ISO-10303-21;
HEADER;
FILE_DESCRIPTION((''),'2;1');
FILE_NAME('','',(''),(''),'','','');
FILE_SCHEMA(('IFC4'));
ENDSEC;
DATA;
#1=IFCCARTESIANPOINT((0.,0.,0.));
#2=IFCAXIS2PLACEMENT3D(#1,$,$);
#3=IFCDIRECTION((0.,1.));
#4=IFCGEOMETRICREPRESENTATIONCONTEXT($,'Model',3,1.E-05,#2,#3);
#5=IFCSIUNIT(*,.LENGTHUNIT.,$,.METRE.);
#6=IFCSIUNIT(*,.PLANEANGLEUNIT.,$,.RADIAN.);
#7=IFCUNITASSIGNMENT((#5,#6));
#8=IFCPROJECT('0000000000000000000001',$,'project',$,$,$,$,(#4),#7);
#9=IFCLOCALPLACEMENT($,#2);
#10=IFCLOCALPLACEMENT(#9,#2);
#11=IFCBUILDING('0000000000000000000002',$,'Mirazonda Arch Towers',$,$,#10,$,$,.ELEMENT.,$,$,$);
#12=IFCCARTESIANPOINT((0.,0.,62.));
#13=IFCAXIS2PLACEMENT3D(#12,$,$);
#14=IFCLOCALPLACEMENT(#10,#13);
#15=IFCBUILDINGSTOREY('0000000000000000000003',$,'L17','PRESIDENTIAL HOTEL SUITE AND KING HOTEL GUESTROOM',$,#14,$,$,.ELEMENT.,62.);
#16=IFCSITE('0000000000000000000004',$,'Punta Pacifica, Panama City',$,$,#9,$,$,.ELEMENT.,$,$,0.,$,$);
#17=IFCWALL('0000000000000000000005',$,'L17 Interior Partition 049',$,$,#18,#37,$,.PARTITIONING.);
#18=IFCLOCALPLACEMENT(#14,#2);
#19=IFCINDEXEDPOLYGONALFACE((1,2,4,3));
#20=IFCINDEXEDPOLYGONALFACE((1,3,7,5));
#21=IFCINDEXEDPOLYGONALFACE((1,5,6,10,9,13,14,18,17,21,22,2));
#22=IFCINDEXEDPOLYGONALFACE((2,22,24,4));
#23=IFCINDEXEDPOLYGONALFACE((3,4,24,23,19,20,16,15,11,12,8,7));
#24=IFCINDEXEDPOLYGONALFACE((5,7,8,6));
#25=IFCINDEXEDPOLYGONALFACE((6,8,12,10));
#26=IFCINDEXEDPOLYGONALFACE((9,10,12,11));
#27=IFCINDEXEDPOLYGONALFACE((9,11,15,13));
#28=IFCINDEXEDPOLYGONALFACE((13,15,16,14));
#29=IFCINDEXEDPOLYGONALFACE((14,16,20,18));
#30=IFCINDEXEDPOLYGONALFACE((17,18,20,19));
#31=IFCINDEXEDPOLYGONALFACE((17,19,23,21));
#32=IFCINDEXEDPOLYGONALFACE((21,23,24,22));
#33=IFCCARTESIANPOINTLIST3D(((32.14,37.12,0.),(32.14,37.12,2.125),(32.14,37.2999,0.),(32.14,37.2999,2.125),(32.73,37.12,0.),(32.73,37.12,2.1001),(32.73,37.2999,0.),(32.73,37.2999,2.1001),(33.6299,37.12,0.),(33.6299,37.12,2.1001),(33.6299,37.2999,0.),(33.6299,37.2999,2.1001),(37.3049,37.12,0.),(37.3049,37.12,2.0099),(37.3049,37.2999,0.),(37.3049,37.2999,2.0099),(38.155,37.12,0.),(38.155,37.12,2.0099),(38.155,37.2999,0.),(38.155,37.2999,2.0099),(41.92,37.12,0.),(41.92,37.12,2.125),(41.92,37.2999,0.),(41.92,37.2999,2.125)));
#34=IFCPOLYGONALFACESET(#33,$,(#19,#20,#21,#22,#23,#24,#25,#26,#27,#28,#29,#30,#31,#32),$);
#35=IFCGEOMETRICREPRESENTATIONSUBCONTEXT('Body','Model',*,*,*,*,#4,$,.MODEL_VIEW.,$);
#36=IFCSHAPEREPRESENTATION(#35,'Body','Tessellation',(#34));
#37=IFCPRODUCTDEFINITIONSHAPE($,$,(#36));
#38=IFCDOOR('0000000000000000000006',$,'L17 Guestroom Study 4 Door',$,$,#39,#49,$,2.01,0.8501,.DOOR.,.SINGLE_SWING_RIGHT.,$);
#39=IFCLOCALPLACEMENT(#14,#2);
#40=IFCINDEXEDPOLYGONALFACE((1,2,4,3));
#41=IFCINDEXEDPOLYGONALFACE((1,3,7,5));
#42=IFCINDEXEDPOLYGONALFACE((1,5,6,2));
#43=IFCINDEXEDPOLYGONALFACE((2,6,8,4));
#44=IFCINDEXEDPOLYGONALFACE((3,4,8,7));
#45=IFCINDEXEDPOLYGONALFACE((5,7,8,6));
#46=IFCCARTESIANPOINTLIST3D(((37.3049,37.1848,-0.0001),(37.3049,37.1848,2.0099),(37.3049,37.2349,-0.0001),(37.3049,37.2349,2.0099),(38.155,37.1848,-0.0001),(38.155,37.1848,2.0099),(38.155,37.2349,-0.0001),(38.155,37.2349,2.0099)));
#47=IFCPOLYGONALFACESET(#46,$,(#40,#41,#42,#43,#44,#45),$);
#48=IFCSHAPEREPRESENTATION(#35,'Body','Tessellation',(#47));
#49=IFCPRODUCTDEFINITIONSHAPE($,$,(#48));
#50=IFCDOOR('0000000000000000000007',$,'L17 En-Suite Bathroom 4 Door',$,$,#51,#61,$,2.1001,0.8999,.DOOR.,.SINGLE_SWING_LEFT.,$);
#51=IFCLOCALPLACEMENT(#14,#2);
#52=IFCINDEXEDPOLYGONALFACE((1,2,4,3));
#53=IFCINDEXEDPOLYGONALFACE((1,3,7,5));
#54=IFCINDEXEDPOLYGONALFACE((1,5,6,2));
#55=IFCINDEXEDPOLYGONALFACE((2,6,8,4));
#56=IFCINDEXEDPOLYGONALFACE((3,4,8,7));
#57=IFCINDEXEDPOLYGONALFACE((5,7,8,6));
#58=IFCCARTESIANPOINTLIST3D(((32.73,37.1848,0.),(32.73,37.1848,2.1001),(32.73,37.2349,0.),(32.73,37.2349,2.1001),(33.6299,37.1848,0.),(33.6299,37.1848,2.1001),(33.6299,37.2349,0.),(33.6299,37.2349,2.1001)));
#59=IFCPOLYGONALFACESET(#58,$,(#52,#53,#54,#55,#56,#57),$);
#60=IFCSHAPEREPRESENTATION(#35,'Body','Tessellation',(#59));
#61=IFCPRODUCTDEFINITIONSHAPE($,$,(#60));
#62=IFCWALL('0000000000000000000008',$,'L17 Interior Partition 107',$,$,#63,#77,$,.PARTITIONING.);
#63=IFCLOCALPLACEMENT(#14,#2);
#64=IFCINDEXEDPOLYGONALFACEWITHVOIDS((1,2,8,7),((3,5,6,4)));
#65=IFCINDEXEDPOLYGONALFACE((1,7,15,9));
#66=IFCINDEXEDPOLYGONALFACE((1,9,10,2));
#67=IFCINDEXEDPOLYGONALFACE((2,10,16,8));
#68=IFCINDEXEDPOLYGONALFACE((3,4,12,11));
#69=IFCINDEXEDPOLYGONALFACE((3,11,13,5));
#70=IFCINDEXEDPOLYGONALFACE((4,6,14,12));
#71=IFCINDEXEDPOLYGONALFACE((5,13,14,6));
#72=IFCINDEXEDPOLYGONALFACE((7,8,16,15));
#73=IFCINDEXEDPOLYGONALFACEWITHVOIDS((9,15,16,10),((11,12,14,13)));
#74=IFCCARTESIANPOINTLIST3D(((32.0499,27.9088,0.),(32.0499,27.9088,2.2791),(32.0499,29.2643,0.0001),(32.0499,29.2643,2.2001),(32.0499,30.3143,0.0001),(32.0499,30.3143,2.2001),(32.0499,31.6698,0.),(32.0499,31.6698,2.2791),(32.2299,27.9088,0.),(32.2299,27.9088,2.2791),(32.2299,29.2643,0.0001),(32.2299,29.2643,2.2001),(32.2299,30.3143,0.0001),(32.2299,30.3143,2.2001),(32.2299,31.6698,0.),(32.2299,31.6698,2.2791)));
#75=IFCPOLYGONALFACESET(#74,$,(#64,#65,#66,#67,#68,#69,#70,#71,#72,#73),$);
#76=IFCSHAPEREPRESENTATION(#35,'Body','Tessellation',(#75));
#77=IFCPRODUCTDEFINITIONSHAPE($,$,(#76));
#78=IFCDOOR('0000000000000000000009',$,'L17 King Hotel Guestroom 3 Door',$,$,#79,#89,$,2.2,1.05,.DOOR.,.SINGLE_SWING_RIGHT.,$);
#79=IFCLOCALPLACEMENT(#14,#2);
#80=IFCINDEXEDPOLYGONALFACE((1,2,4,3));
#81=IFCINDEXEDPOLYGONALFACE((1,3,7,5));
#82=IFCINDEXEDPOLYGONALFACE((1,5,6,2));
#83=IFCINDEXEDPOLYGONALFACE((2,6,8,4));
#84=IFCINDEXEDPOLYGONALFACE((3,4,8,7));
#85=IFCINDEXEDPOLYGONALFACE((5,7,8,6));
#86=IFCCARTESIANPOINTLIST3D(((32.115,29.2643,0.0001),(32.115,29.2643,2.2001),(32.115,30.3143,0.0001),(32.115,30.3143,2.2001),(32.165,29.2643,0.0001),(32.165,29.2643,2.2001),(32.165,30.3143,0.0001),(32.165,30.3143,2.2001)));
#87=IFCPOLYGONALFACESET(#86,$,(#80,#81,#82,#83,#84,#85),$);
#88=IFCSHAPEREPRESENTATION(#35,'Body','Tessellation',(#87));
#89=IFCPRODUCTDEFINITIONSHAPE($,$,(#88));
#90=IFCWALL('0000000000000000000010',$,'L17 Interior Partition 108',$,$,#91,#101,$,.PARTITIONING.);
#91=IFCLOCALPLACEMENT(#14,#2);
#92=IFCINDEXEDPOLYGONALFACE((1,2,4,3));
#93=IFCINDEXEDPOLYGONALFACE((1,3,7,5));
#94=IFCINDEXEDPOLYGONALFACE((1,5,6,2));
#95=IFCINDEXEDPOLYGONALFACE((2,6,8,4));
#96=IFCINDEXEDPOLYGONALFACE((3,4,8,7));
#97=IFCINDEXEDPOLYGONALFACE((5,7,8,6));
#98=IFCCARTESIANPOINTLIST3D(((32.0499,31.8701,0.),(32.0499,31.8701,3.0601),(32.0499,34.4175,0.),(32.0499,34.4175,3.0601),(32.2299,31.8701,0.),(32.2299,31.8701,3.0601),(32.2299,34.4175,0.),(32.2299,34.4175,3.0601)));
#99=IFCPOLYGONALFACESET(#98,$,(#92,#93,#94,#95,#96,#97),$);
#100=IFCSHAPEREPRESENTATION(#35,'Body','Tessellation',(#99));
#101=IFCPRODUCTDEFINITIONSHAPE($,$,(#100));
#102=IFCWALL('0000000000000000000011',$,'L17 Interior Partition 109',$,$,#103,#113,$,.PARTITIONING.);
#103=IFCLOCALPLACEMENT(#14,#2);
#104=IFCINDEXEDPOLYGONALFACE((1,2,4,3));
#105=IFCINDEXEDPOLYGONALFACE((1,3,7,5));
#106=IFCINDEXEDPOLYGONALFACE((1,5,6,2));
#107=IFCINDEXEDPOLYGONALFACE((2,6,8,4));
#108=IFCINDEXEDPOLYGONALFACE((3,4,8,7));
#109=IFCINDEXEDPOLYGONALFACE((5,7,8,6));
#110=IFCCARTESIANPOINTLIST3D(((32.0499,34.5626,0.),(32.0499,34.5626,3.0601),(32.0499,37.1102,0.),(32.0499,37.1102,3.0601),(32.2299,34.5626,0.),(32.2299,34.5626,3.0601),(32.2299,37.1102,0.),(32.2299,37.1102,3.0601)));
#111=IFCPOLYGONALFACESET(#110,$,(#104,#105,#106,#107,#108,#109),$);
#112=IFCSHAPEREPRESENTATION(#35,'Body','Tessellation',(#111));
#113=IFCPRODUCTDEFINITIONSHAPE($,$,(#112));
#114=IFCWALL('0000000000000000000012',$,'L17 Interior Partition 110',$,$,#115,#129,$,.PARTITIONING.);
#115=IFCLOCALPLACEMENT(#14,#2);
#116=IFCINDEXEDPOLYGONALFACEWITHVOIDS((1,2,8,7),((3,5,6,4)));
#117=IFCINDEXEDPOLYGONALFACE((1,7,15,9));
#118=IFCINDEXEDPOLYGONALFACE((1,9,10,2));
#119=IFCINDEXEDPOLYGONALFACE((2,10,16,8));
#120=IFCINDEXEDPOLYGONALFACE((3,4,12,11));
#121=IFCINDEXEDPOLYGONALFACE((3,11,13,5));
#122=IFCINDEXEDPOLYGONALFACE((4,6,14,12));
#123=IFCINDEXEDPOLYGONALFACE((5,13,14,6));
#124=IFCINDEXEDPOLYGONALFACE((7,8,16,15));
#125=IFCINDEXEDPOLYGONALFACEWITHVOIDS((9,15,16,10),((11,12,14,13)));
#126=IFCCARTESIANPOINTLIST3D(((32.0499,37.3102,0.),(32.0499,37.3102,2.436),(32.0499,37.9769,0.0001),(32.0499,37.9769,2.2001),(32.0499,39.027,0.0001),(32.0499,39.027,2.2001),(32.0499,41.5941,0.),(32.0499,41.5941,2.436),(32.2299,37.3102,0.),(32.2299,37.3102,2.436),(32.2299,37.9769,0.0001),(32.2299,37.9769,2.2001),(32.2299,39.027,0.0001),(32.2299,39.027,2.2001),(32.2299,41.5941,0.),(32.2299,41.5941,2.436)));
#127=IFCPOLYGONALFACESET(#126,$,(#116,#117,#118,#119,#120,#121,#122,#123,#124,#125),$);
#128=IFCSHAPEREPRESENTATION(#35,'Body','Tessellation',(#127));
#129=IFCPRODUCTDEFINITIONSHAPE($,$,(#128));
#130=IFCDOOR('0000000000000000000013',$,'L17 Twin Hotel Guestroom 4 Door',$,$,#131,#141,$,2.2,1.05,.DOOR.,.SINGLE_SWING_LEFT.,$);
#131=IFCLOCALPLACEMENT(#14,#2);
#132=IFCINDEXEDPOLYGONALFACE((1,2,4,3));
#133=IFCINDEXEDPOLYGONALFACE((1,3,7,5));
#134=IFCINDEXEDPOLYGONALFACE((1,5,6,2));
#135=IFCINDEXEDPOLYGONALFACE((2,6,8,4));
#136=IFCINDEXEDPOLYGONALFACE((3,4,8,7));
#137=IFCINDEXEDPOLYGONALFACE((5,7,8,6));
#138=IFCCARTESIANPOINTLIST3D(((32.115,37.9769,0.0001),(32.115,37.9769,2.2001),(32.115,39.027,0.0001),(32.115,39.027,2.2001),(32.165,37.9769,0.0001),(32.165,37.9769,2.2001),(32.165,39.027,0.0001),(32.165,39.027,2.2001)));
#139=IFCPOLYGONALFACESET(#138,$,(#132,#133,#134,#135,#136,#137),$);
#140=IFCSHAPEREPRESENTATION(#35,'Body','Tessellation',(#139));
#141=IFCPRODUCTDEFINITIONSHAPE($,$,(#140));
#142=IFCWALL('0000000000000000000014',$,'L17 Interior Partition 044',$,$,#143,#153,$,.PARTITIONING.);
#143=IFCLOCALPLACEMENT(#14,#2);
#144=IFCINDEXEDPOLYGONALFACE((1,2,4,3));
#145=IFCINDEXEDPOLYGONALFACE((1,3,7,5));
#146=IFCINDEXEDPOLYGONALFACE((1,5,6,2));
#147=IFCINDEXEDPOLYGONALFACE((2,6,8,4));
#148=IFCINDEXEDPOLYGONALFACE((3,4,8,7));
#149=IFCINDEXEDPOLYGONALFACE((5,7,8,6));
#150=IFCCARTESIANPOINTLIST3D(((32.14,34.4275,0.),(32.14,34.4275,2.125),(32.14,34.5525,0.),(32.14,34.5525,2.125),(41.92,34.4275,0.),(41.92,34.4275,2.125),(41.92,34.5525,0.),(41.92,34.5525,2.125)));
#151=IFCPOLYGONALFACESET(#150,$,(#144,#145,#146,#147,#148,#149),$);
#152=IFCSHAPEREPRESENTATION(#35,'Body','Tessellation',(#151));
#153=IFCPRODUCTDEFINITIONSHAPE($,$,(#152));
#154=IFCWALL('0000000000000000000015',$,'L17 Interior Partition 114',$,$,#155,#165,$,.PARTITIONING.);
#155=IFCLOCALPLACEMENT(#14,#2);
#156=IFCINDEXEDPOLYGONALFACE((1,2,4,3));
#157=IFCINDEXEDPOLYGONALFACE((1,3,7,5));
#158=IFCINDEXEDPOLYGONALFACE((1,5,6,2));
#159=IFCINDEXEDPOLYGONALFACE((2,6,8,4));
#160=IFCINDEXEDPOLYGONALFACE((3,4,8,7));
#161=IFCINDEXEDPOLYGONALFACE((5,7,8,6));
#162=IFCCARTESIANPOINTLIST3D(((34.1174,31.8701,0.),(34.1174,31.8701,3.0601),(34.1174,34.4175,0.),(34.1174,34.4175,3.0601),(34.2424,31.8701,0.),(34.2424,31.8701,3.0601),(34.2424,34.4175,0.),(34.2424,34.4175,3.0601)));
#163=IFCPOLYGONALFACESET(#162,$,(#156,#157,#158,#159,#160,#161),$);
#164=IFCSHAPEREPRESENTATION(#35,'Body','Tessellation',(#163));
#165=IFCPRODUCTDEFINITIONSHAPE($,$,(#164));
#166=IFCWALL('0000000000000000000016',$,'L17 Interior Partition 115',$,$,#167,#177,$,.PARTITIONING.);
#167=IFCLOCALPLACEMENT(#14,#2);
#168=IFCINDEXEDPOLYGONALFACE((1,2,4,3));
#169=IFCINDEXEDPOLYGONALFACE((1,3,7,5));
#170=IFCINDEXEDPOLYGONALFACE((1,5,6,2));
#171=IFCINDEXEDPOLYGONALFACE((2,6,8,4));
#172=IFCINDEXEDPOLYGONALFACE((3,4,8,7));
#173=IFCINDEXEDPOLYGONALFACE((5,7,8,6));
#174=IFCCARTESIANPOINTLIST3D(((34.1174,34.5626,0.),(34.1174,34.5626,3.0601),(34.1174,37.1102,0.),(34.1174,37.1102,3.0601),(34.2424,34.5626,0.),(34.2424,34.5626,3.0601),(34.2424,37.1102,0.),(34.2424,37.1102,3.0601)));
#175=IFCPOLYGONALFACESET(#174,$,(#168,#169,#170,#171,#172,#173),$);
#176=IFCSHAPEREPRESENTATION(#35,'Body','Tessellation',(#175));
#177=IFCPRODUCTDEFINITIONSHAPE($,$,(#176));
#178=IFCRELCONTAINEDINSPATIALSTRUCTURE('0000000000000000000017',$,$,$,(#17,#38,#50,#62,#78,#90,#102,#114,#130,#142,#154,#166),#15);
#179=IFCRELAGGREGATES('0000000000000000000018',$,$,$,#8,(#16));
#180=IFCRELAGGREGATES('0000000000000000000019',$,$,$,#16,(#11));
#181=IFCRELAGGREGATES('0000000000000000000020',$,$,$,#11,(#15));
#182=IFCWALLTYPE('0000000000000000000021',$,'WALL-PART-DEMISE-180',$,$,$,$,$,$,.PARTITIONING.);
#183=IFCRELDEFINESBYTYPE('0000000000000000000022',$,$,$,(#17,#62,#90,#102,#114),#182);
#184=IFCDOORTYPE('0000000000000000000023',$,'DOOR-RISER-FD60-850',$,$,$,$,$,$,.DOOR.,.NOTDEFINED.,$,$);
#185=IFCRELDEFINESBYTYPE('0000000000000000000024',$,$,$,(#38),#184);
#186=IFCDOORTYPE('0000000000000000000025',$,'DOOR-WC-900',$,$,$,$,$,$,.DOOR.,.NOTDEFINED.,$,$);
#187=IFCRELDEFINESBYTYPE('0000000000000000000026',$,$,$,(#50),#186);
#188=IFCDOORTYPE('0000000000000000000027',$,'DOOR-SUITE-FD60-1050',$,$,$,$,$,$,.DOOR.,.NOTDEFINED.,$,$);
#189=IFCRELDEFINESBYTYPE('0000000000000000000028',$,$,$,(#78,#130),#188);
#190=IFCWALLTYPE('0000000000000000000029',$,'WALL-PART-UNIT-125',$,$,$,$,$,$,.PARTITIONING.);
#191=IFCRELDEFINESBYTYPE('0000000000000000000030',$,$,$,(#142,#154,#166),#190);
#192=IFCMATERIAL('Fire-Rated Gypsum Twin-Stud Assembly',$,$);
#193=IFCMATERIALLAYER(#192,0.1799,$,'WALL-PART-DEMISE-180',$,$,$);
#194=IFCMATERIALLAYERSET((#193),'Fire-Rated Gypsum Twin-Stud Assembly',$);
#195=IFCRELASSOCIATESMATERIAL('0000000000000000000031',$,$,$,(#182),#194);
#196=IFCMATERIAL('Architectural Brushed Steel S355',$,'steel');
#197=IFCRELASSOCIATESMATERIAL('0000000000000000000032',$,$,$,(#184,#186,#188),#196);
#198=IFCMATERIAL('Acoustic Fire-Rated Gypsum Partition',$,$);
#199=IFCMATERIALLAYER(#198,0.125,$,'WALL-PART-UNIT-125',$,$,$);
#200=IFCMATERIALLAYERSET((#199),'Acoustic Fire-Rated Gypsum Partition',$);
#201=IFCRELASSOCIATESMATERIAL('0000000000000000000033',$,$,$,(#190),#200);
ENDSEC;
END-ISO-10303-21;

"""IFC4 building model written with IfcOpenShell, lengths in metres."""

from ifc_helpers import new_model, si_unit, direction, frame, frame_2d, origin, place, context, subcontext, project, spatial, rectangle, extrude, material, layer, layer_set, type_object, element, fill, save


model = new_model("IFC4")

# Units and contexts
model_context = context("Model", 3, precision=1e-05, world=origin(), true_north=direction((0.0, 1.0)))
body_context = subcontext(model_context, "Body", "Model", "MODEL_VIEW")
ifc_project = project(units=[si_unit("LENGTHUNIT", "METRE"), si_unit("PLANEANGLEUNIT", "RADIAN")], contexts=[model_context])

# Site, building, storey
site_placement = place(None, origin())
site = spatial("IfcSite", under=ifc_project, at=site_placement, Name="Punta Pacifica, Panama City", CompositionType="ELEMENT", RefElevation=0.0)
building_placement = place(site_placement, origin())
building = spatial("IfcBuilding", under=site, at=building_placement, Name="Mirazonda Arch Towers", CompositionType="ELEMENT")
storey_placement = place(building_placement, frame((0.0, 0.0, 62.0)))
storey = spatial("IfcBuildingStorey", under=building, at=storey_placement, Name="L17", Description="PRESIDENTIAL HOTEL SUITE AND KING HOTEL GUESTROOM", CompositionType="ELEMENT", Elevation=62.0)

# Shared definitions
ifc_material_1 = material(Name="Fire-Rated Gypsum Twin-Stud Assembly")
ifc_layer_1 = layer(ifc_material_1, 0.1799, Name="WALL-PART-DEMISE-180")
ifc_layer_set_1 = layer_set([ifc_layer_1], Name="Fire-Rated Gypsum Twin-Stud Assembly")
wall_type_1 = type_object("IfcWallType", Name="WALL-PART-DEMISE-180", PredefinedType="PARTITIONING", material=ifc_layer_set_1)

# Wall, openings, doors
ifc_material_2 = material(Name="Architectural Brushed Steel S355", Category="steel")
door_type_1 = type_object("IfcDoorType", Name="DOOR-RISER-FD60-850", OperationType="NOTDEFINED", PredefinedType="DOOR", material=ifc_material_2)
door_type_2 = type_object("IfcDoorType", Name="DOOR-WC-900", OperationType="NOTDEFINED", PredefinedType="DOOR", material=ifc_material_2)
wall_1_placement = place(storey_placement, frame((32.1399, 37.21, 0.0), z_axis=(0.0, 0.0, 1.0), x_axis=(1.0, 0.0, 0.0)))
wall_1 = element("IfcWall", 1, at=wall_1_placement, inside=storey, type_object=wall_type_1, Name="L17 Interior Partition 049", PredefinedType="PARTITIONING", context=body_context, shape_type="SweptSolid", body=[
    extrude(rectangle(XDim=9.78, YDim=0.1799, at=frame_2d((4.8901, 0.0))), origin(), (0.0, 0.0, 1.0), 2.125),
])
opening_1_placement = place(wall_1_placement, frame((5.165, 0.0, 0.0)))
opening_1 = element("IfcOpeningElement", 2, at=opening_1_placement, cuts=wall_1, PredefinedType="OPENING", context=body_context, shape_type="SweptSolid", body=[
    extrude(rectangle(XDim=0.8501, YDim=2.01, at=frame_2d((0.425, 1.0049))), frame((0.0, 0.0999, 0.0), z_axis=(0.0, -1.0, 0.0), x_axis=(1.0, 0.0, 0.0)), (0.0, 0.0, 1.0), 0.2),
])
opening_2_placement = place(wall_1_placement, frame((0.5901, 0.0, 0.0)))
opening_2 = element("IfcOpeningElement", 3, at=opening_2_placement, cuts=wall_1, PredefinedType="OPENING", context=body_context, shape_type="SweptSolid", body=[
    extrude(rectangle(XDim=0.8999, YDim=2.1001, at=frame_2d((0.45, 1.05))), frame((0.0, 0.0999, 0.0), z_axis=(0.0, -1.0, 0.0), x_axis=(1.0, 0.0, 0.0)), (0.0, 0.0, 1.0), 0.2),
])
door_1_placement = place(opening_1_placement, origin())
door_1 = element("IfcDoor", 4, at=door_1_placement, inside=storey, type_object=door_type_1, Name="L17 Guestroom Study 4 Door", OperationType="SINGLE_SWING_RIGHT", OverallHeight=2.01, OverallWidth=0.8501, PredefinedType="DOOR", context=body_context, shape_type="SweptSolid", body=[
    extrude(rectangle(XDim=0.8501, YDim=2.01, at=frame_2d((0.425, 1.0049))), frame((0.0, 0.0249, 0.0), z_axis=(0.0, -1.0, 0.0), x_axis=(1.0, 0.0, 0.0)), (0.0, 0.0, 1.0), 0.05),
])
fill(opening_1, door_1)
door_2_placement = place(opening_2_placement, origin())
door_2 = element("IfcDoor", 5, at=door_2_placement, inside=storey, type_object=door_type_2, Name="L17 En-Suite Bathroom 4 Door", OperationType="SINGLE_SWING_LEFT", OverallHeight=2.1001, OverallWidth=0.8999, PredefinedType="DOOR", context=body_context, shape_type="SweptSolid", body=[
    extrude(rectangle(XDim=0.8999, YDim=2.1001, at=frame_2d((0.45, 1.05))), frame((0.0, 0.0249, 0.0), z_axis=(0.0, -1.0, 0.0), x_axis=(1.0, 0.0, 0.0)), (0.0, 0.0, 1.0), 0.05),
])
fill(opening_2, door_2)

# Wall, opening, door
wall_2_placement = place(storey_placement, frame((32.1399, 27.9089, 0.0), z_axis=(0.0, 0.0, 1.0), x_axis=(0.0, 1.0, 0.0)))
wall_2 = element("IfcWall", 6, at=wall_2_placement, inside=storey, type_object=wall_type_1, Name="L17 Interior Partition 107", PredefinedType="PARTITIONING", context=body_context, shape_type="SweptSolid", body=[
    extrude(rectangle(XDim=3.761, YDim=0.1799, at=frame_2d((1.8804, 0.0))), origin(), (0.0, 0.0, 1.0), 2.2791),
])
opening_3_placement = place(wall_2_placement, frame((1.3555, 0.0, 0.0)))
opening_3 = element("IfcOpeningElement", 7, at=opening_3_placement, cuts=wall_2, PredefinedType="OPENING", context=body_context, shape_type="SweptSolid", body=[
    extrude(rectangle(XDim=1.05, YDim=2.2, at=frame_2d((0.5249, 1.1001))), frame((0.0, 0.0999, 0.0), z_axis=(0.0, -1.0, 0.0), x_axis=(1.0, 0.0, 0.0)), (0.0, 0.0, 1.0), 0.2),
])
door_type_3 = type_object("IfcDoorType", Name="DOOR-SUITE-FD60-1050", OperationType="NOTDEFINED", PredefinedType="DOOR", material=ifc_material_2)
door_3_placement = place(opening_3_placement, origin())
door_3 = element("IfcDoor", 8, at=door_3_placement, inside=storey, type_object=door_type_3, Name="L17 King Hotel Guestroom 3 Door", OperationType="SINGLE_SWING_RIGHT", OverallHeight=2.2, OverallWidth=1.05, PredefinedType="DOOR", context=body_context, shape_type="SweptSolid", body=[
    extrude(rectangle(XDim=1.05, YDim=2.2, at=frame_2d((0.5249, 1.1001))), frame((0.0, 0.0249, 0.0), z_axis=(0.0, -1.0, 0.0), x_axis=(1.0, 0.0, 0.0)), (0.0, 0.0, 1.0), 0.05),
])
fill(opening_3, door_3)

# Walls
wall_3_placement = place(storey_placement, frame((32.1399, 31.8701, 0.0), z_axis=(0.0, 0.0, 1.0), x_axis=(0.0, 1.0, 0.0)))
element("IfcWall", 9, at=wall_3_placement, inside=storey, type_object=wall_type_1, Name="L17 Interior Partition 108", PredefinedType="PARTITIONING", context=body_context, shape_type="SweptSolid", body=[
    extrude(rectangle(XDim=2.5474, YDim=0.1799, at=frame_2d((1.2737, 0.0))), origin(), (0.0, 0.0, 1.0), 3.0601),
])
wall_4_placement = place(storey_placement, frame((32.1399, 34.5625, 0.0), z_axis=(0.0, 0.0, 1.0), x_axis=(0.0, 1.0, 0.0)))
element("IfcWall", 10, at=wall_4_placement, inside=storey, type_object=wall_type_1, Name="L17 Interior Partition 109", PredefinedType="PARTITIONING", context=body_context, shape_type="SweptSolid", body=[
    extrude(rectangle(XDim=2.5476, YDim=0.1799, at=frame_2d((1.2739, 0.0))), origin(), (0.0, 0.0, 1.0), 3.0601),
])

# Wall, opening, door
wall_5_placement = place(storey_placement, frame((32.1399, 37.3101, 0.0), z_axis=(0.0, 0.0, 1.0), x_axis=(0.0, 1.0, 0.0)))
wall_5 = element("IfcWall", 11, at=wall_5_placement, inside=storey, type_object=wall_type_1, Name="L17 Interior Partition 110", PredefinedType="PARTITIONING", context=body_context, shape_type="SweptSolid", body=[
    extrude(rectangle(XDim=4.2839, YDim=0.1799, at=frame_2d((2.1421, 0.0))), origin(), (0.0, 0.0, 1.0), 2.436),
])
opening_4_placement = place(wall_5_placement, frame((0.667, 0.0, 0.0)))
opening_4 = element("IfcOpeningElement", 12, at=opening_4_placement, cuts=wall_5, PredefinedType="OPENING", context=body_context, shape_type="SweptSolid", body=[
    extrude(rectangle(XDim=1.05, YDim=2.2, at=frame_2d((0.5249, 1.1001))), frame((0.0, 0.0999, 0.0), z_axis=(0.0, -1.0, 0.0), x_axis=(1.0, 0.0, 0.0)), (0.0, 0.0, 1.0), 0.2),
])
door_4_placement = place(opening_4_placement, origin())
door_4 = element("IfcDoor", 13, at=door_4_placement, inside=storey, type_object=door_type_3, Name="L17 Twin Hotel Guestroom 4 Door", OperationType="SINGLE_SWING_LEFT", OverallHeight=2.2, OverallWidth=1.05, PredefinedType="DOOR", context=body_context, shape_type="SweptSolid", body=[
    extrude(rectangle(XDim=1.05, YDim=2.2, at=frame_2d((0.5249, 1.1001))), frame((0.0, 0.0249, 0.0), z_axis=(0.0, -1.0, 0.0), x_axis=(1.0, 0.0, 0.0)), (0.0, 0.0, 1.0), 0.05),
])
fill(opening_4, door_4)

# Walls
ifc_material_3 = material(Name="Acoustic Fire-Rated Gypsum Partition")
ifc_layer_2 = layer(ifc_material_3, 0.125, Name="WALL-PART-UNIT-125")
ifc_layer_set_2 = layer_set([ifc_layer_2], Name="Acoustic Fire-Rated Gypsum Partition")
wall_type_2 = type_object("IfcWallType", Name="WALL-PART-UNIT-125", PredefinedType="PARTITIONING", material=ifc_layer_set_2)
wall_6_placement = place(storey_placement, frame((32.1399, 34.49, 0.0), z_axis=(0.0, 0.0, 1.0), x_axis=(1.0, 0.0, 0.0)))
element("IfcWall", 14, at=wall_6_placement, inside=storey, type_object=wall_type_2, Name="L17 Interior Partition 044", PredefinedType="PARTITIONING", context=body_context, shape_type="SweptSolid", body=[
    extrude(rectangle(XDim=9.78, YDim=0.125, at=frame_2d((4.8901, 0.0))), origin(), (0.0, 0.0, 1.0), 2.125),
])
wall_7_placement = place(storey_placement, frame((34.1799, 31.8701, 0.0), z_axis=(0.0, 0.0, 1.0), x_axis=(0.0, 1.0, 0.0)))
element("IfcWall", 15, at=wall_7_placement, inside=storey, type_object=wall_type_2, Name="L17 Interior Partition 114", PredefinedType="PARTITIONING", context=body_context, shape_type="SweptSolid", body=[
    extrude(rectangle(XDim=2.5474, YDim=0.125, at=frame_2d((1.2737, 0.0))), origin(), (0.0, 0.0, 1.0), 3.0601),
])
wall_8_placement = place(storey_placement, frame((34.1799, 34.5625, 0.0), z_axis=(0.0, 0.0, 1.0), x_axis=(0.0, 1.0, 0.0)))
element("IfcWall", 16, at=wall_8_placement, inside=storey, type_object=wall_type_2, Name="L17 Interior Partition 115", PredefinedType="PARTITIONING", context=body_context, shape_type="SweptSolid", body=[
    extrude(rectangle(XDim=2.5476, YDim=0.125, at=frame_2d((1.2739, 0.0))), origin(), (0.0, 0.0, 1.0), 3.0601),
])

save(model, "model.ifc")
